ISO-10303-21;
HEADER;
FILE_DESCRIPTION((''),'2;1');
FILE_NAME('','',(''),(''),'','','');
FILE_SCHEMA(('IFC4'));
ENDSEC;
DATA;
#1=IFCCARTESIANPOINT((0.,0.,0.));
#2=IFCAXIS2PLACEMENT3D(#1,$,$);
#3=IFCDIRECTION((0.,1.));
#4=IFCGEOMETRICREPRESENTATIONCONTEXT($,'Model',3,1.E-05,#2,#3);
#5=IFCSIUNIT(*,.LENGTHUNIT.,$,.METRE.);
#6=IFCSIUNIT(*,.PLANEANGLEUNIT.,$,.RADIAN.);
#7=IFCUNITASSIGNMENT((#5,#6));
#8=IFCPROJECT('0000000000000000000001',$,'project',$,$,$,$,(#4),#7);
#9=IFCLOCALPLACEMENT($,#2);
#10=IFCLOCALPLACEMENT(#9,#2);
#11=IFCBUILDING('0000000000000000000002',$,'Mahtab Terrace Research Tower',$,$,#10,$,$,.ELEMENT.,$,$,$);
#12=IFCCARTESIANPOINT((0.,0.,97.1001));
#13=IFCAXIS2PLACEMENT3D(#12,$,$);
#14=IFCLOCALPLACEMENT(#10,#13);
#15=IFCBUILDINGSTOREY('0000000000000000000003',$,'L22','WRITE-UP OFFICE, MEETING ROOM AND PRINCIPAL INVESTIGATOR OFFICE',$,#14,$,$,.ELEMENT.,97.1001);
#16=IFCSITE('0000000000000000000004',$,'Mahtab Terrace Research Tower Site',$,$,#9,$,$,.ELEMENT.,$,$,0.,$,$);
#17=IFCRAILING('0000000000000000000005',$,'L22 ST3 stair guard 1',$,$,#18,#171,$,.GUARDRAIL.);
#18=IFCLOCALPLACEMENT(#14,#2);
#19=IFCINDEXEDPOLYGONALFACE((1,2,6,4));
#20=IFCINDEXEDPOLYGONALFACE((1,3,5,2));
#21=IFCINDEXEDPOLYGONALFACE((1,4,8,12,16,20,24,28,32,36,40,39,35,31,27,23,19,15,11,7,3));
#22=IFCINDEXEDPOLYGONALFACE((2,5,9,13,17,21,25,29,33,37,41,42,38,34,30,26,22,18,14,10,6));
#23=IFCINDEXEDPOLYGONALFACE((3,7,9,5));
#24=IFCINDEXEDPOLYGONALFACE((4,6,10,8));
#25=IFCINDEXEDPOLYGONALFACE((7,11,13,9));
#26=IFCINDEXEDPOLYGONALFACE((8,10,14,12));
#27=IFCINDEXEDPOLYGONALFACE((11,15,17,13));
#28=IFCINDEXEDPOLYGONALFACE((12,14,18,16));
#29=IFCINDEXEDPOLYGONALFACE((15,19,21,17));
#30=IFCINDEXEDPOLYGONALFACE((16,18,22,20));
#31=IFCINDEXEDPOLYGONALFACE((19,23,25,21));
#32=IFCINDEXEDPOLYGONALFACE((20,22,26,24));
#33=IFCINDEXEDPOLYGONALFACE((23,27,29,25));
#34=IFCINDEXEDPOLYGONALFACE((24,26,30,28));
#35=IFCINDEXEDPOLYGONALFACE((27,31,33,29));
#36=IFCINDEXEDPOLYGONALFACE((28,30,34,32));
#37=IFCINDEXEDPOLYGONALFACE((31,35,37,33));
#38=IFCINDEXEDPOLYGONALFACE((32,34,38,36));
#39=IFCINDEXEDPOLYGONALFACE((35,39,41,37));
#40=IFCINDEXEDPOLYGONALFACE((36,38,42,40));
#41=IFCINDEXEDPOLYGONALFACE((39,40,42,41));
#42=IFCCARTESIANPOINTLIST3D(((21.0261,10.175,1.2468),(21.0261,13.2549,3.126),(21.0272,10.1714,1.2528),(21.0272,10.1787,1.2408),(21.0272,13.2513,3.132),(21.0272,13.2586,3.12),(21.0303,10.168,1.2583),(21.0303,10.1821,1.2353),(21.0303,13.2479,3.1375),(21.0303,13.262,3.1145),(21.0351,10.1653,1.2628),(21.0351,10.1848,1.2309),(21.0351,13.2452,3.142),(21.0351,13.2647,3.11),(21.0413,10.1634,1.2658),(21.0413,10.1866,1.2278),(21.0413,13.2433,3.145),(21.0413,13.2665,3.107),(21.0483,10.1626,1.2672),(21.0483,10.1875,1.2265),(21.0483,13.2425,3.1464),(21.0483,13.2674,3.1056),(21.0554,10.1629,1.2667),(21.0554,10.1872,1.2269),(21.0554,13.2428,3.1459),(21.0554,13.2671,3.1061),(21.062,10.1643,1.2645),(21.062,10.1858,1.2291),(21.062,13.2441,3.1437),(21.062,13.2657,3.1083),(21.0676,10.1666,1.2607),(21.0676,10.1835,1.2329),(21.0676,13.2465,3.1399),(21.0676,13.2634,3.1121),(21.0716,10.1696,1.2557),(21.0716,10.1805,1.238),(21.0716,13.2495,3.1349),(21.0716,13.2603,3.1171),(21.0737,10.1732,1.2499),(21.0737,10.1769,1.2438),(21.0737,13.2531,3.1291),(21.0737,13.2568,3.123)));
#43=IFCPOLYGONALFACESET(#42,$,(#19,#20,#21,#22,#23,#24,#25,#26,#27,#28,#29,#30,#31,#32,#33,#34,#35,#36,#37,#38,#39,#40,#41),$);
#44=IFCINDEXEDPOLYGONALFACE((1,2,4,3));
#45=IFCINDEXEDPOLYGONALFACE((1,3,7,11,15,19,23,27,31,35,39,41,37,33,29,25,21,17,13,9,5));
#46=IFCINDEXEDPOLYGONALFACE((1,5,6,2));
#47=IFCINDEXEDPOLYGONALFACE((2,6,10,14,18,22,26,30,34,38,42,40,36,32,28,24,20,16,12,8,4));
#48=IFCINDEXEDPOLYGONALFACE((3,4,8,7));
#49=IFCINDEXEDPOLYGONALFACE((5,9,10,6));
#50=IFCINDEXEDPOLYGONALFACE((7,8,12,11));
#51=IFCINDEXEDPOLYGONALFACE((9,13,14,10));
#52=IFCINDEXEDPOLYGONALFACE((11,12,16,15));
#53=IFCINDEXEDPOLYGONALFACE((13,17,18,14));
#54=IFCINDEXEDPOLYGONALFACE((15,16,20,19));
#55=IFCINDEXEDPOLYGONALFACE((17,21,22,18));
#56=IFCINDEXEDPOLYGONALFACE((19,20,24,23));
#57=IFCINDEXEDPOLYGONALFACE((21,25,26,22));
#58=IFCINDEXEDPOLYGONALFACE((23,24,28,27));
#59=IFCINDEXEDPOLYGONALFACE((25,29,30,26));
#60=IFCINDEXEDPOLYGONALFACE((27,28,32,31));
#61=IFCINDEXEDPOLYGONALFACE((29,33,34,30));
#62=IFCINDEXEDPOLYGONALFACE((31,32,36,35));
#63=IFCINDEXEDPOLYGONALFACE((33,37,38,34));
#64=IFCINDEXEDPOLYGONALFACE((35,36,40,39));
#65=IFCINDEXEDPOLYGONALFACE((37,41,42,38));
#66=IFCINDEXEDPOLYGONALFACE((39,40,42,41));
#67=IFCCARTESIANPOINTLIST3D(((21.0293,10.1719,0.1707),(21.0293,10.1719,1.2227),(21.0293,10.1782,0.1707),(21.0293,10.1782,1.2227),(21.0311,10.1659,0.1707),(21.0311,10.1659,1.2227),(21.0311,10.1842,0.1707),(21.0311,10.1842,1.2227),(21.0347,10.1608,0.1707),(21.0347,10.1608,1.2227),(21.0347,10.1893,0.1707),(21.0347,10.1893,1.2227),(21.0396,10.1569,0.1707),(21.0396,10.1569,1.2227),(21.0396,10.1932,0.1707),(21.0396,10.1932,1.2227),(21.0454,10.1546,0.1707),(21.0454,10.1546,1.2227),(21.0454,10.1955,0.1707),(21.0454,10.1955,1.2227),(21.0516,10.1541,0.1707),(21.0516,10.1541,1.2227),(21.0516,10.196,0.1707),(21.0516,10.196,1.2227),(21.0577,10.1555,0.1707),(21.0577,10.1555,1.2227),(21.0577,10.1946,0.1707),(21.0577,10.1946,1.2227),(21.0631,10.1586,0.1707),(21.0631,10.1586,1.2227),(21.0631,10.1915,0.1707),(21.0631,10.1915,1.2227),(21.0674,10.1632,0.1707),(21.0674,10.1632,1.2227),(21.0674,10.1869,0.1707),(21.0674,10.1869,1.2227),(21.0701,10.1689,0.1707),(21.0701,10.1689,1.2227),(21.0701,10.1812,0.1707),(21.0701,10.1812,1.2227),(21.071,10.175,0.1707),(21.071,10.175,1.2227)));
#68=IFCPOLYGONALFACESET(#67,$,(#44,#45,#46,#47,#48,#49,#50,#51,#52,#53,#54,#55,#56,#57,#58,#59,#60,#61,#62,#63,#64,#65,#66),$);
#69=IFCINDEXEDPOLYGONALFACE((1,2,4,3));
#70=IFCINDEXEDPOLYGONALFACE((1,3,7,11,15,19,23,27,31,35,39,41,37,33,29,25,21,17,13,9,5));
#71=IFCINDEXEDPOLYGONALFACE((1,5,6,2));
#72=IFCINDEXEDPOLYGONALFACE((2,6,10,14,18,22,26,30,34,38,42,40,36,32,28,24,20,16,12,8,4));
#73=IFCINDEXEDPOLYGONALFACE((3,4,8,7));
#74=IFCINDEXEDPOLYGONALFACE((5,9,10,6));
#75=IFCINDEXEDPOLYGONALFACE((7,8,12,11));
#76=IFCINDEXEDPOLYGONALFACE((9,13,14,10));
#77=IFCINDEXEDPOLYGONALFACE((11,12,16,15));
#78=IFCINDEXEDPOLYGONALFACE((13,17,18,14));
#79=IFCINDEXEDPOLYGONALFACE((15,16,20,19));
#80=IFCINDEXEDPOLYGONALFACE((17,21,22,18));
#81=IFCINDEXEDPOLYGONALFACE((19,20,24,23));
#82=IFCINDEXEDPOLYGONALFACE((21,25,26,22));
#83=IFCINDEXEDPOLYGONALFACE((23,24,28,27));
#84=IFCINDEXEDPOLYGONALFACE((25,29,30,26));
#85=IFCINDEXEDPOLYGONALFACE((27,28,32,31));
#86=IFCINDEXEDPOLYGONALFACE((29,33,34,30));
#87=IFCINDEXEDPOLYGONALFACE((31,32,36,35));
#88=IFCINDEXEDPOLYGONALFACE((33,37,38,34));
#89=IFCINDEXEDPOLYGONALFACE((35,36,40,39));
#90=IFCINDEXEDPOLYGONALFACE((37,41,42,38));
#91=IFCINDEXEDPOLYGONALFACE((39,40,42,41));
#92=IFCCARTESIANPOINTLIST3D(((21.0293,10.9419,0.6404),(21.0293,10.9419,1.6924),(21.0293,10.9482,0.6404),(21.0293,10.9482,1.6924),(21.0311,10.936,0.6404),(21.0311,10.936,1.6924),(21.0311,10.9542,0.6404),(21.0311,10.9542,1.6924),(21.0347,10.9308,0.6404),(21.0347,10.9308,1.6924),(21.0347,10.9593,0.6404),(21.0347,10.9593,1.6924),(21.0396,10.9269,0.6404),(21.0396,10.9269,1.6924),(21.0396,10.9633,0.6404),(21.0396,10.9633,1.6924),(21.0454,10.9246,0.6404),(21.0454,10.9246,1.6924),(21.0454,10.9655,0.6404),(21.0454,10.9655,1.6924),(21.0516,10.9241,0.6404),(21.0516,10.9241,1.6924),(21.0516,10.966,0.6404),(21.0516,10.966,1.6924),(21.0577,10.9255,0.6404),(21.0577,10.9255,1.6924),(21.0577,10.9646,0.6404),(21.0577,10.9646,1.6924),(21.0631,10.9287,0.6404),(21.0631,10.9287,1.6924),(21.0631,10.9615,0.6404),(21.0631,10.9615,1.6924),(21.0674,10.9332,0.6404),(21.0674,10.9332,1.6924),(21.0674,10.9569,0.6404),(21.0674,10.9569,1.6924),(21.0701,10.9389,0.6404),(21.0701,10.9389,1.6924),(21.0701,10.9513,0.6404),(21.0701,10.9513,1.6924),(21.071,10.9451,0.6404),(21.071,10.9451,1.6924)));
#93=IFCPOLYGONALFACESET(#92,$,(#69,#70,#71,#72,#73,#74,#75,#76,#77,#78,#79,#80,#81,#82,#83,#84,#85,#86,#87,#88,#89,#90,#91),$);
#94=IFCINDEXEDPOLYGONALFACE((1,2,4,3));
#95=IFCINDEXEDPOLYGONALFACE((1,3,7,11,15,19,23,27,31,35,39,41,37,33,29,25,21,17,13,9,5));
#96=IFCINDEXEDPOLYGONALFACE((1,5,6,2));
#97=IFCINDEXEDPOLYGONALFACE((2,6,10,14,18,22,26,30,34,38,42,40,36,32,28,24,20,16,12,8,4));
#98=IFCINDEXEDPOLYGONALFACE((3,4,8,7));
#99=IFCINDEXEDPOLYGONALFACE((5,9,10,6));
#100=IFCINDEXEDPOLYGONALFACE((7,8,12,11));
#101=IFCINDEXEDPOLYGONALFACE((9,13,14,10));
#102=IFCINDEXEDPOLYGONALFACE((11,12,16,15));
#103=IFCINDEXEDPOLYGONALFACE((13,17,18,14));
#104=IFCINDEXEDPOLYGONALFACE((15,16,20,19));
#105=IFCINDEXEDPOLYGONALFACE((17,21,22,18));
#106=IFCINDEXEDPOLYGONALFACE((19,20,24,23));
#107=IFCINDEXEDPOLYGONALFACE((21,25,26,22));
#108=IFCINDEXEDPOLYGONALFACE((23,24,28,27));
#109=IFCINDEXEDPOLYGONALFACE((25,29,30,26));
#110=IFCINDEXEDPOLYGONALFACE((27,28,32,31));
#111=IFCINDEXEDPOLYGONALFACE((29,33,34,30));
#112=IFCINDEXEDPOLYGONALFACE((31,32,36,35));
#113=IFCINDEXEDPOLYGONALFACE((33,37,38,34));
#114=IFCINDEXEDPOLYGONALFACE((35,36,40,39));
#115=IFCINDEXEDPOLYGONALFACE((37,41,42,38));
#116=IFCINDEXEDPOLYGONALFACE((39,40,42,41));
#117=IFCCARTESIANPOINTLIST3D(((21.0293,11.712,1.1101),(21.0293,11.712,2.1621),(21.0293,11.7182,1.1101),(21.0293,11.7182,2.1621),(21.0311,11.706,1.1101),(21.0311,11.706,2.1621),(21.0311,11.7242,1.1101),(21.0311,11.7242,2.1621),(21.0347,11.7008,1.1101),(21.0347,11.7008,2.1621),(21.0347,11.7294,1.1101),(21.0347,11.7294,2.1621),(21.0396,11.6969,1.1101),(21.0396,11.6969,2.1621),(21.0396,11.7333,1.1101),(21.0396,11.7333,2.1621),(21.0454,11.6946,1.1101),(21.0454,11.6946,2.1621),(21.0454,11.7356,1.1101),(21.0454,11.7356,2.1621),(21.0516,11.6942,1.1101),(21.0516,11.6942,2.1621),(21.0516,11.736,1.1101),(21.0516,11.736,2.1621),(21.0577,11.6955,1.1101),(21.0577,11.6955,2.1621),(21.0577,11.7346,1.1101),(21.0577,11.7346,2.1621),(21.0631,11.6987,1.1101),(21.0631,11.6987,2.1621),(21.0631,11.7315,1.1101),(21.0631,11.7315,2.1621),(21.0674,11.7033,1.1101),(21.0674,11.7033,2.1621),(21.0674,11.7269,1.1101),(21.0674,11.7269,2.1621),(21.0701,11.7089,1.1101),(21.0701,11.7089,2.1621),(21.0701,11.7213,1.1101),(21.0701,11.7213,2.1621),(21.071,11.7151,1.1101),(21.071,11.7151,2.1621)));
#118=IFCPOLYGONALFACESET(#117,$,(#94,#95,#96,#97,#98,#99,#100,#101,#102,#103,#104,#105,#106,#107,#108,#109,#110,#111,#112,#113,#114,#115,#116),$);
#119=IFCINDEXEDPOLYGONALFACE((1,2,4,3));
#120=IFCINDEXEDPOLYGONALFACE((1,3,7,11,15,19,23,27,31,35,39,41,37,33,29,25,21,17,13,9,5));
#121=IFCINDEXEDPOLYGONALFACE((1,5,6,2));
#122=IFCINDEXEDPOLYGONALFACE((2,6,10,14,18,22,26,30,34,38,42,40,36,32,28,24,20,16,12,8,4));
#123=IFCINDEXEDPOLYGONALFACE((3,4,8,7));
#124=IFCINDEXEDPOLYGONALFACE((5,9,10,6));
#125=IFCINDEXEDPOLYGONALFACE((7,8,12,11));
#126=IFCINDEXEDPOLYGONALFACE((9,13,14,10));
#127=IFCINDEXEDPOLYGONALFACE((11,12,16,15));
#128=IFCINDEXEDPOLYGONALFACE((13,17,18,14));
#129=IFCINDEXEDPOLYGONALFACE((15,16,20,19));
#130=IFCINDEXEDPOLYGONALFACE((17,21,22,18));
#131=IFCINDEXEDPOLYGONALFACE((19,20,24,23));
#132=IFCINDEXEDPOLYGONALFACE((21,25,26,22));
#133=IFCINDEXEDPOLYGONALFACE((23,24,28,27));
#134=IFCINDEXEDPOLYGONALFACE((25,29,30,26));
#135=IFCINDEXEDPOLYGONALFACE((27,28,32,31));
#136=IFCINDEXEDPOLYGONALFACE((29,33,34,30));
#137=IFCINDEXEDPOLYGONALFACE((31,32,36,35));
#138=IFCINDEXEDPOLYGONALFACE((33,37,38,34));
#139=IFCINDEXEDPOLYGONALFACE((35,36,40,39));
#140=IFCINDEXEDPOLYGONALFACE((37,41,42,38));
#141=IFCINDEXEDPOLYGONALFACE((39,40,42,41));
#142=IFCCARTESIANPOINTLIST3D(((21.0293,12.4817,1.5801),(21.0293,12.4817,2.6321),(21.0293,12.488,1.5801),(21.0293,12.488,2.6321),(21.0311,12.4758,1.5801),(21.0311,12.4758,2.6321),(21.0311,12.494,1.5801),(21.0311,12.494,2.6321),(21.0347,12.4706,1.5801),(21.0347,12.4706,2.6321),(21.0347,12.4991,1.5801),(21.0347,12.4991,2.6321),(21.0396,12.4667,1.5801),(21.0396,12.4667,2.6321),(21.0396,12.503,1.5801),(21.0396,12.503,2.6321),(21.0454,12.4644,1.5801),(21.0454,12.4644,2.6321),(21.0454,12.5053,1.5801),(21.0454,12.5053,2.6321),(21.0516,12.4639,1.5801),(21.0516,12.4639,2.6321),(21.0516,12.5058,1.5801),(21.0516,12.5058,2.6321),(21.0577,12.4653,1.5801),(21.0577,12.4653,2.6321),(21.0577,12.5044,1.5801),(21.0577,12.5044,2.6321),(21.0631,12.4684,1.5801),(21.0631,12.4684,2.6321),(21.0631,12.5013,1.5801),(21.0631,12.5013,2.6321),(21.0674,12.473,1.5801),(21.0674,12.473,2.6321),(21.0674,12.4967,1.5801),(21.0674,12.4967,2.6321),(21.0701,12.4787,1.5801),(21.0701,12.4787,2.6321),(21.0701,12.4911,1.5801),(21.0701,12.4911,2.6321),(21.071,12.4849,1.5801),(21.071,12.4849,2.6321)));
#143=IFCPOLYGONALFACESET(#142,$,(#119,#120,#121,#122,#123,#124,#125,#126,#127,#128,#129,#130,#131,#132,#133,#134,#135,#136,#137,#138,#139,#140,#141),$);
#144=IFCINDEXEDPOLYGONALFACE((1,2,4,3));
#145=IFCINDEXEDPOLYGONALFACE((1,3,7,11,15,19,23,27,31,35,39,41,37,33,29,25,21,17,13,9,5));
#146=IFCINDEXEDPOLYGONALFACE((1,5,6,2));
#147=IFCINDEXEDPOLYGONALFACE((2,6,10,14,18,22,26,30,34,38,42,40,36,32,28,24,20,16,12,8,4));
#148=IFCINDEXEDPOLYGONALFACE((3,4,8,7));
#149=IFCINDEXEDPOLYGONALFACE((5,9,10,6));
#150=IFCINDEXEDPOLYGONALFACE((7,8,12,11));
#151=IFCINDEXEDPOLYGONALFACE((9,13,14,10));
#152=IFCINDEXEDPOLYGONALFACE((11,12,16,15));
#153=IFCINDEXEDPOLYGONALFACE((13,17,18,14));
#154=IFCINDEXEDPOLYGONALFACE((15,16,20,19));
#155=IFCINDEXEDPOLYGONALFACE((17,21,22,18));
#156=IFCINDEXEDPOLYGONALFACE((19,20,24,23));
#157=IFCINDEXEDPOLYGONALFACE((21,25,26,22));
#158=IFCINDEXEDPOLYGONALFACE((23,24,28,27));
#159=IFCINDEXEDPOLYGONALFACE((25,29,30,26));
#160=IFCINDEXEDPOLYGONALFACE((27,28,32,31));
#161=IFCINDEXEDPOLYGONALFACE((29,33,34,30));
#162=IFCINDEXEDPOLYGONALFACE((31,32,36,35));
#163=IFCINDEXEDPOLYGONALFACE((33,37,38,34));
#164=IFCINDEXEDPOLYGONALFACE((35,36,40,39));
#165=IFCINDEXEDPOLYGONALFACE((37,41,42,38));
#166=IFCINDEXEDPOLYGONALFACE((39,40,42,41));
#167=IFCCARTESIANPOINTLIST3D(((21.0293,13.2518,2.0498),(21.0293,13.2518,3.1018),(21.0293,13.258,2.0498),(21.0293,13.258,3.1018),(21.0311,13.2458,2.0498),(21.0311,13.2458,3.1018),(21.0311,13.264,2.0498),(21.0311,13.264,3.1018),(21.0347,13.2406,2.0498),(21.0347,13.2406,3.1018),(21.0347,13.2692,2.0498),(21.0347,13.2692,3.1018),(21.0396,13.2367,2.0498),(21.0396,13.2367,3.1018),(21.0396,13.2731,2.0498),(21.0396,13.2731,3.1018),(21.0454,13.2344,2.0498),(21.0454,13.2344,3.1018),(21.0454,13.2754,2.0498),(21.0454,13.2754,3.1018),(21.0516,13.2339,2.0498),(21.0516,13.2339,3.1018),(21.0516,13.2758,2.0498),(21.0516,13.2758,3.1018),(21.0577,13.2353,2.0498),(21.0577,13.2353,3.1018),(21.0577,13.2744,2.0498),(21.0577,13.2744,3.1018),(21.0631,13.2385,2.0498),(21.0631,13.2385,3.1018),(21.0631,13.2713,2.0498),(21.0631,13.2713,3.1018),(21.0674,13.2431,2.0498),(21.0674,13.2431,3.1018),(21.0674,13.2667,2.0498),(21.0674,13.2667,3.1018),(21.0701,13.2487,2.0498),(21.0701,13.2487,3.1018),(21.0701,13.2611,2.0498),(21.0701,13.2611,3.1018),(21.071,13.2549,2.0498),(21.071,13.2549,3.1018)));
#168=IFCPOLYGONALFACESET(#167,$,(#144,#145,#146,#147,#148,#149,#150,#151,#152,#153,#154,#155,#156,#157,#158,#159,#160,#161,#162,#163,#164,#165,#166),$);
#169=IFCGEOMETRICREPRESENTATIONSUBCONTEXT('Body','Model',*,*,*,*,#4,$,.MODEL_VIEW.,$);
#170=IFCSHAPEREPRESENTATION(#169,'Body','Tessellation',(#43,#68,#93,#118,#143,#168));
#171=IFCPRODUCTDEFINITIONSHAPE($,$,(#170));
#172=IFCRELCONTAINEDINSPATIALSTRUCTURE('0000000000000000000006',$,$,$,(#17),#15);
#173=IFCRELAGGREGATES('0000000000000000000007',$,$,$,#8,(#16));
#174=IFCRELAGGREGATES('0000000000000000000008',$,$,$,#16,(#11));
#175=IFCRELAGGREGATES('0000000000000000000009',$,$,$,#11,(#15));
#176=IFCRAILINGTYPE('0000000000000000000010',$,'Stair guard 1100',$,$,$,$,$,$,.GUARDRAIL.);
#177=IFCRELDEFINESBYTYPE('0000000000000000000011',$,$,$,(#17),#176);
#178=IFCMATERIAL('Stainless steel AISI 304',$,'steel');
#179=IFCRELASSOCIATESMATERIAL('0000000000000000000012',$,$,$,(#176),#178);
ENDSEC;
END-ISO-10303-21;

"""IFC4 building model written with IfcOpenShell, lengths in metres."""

from ifc_helpers import new_model, si_unit, direction, frame, origin, origin_2d, place, context, subcontext, project, spatial, circle, extrude, material, type_object, element, save


model = new_model("IFC4")

# Units and contexts
model_context = context("Model", 3, precision=1e-05, world=origin(), true_north=direction((0.0, 1.0)))
body_context = subcontext(model_context, "Body", "Model", "MODEL_VIEW")
ifc_project = project(units=[si_unit("LENGTHUNIT", "METRE"), si_unit("PLANEANGLEUNIT", "RADIAN")], contexts=[model_context])

# Site, building, storey
site_placement = place(None, origin())
site = spatial("IfcSite", under=ifc_project, at=site_placement, Name="Mahtab Terrace Research Tower Site", CompositionType="ELEMENT", RefElevation=0.0)
building_placement = place(site_placement, origin())
building = spatial("IfcBuilding", under=site, at=building_placement, Name="Mahtab Terrace Research Tower", CompositionType="ELEMENT")
storey_placement = place(building_placement, frame((0.0, 0.0, 97.1001)))
storey = spatial("IfcBuildingStorey", under=building, at=storey_placement, Name="L22", Description="WRITE-UP OFFICE, MEETING ROOM AND PRINCIPAL INVESTIGATOR OFFICE", CompositionType="ELEMENT", Elevation=97.1001)

# Shared definitions
ifc_material_1 = material(Name="Stainless steel AISI 304", Category="steel")

# Railing
railing_type_1 = type_object("IfcRailingType", Name="Stair guard 1100", PredefinedType="GUARDRAIL", material=ifc_material_1)
railing_1_placement = place(storey_placement, frame((21.05, 10.175, 0.1707)))
element("IfcRailing", 1, at=railing_1_placement, inside=storey, type_object=railing_type_1, Name="L22 ST3 stair guard 1", PredefinedType="GUARDRAIL", context=body_context, shape_type="SweptSolid", body=[
    extrude(circle(Radius=0.0239, at=origin_2d()), frame((0.0, 0.0, 1.0762), z_axis=(0.0, 0.853648, 0.52085), x_axis=(-1.0, 0.0, 0.0)), (0.0, 0.0, 1.0), 3.6079),
    extrude(circle(Radius=0.021, at=origin_2d()), origin(), (0.0, 0.0, 1.0), 1.052),
    extrude(circle(Radius=0.021, at=origin_2d()), frame((0.0, 0.77, 0.4697)), (0.0, 0.0, 1.0), 1.052),
    extrude(circle(Radius=0.021, at=origin_2d()), frame((0.0, 1.54, 0.9395)), (0.0, 0.0, 1.0), 1.052),
    extrude(circle(Radius=0.021, at=origin_2d()), frame((0.0, 2.3098, 1.4094)), (0.0, 0.0, 1.0), 1.052),
    extrude(circle(Radius=0.021, at=origin_2d()), frame((0.0, 3.0798, 1.8792)), (0.0, 0.0, 1.0), 1.052),
])

save(model, "model.ifc")
